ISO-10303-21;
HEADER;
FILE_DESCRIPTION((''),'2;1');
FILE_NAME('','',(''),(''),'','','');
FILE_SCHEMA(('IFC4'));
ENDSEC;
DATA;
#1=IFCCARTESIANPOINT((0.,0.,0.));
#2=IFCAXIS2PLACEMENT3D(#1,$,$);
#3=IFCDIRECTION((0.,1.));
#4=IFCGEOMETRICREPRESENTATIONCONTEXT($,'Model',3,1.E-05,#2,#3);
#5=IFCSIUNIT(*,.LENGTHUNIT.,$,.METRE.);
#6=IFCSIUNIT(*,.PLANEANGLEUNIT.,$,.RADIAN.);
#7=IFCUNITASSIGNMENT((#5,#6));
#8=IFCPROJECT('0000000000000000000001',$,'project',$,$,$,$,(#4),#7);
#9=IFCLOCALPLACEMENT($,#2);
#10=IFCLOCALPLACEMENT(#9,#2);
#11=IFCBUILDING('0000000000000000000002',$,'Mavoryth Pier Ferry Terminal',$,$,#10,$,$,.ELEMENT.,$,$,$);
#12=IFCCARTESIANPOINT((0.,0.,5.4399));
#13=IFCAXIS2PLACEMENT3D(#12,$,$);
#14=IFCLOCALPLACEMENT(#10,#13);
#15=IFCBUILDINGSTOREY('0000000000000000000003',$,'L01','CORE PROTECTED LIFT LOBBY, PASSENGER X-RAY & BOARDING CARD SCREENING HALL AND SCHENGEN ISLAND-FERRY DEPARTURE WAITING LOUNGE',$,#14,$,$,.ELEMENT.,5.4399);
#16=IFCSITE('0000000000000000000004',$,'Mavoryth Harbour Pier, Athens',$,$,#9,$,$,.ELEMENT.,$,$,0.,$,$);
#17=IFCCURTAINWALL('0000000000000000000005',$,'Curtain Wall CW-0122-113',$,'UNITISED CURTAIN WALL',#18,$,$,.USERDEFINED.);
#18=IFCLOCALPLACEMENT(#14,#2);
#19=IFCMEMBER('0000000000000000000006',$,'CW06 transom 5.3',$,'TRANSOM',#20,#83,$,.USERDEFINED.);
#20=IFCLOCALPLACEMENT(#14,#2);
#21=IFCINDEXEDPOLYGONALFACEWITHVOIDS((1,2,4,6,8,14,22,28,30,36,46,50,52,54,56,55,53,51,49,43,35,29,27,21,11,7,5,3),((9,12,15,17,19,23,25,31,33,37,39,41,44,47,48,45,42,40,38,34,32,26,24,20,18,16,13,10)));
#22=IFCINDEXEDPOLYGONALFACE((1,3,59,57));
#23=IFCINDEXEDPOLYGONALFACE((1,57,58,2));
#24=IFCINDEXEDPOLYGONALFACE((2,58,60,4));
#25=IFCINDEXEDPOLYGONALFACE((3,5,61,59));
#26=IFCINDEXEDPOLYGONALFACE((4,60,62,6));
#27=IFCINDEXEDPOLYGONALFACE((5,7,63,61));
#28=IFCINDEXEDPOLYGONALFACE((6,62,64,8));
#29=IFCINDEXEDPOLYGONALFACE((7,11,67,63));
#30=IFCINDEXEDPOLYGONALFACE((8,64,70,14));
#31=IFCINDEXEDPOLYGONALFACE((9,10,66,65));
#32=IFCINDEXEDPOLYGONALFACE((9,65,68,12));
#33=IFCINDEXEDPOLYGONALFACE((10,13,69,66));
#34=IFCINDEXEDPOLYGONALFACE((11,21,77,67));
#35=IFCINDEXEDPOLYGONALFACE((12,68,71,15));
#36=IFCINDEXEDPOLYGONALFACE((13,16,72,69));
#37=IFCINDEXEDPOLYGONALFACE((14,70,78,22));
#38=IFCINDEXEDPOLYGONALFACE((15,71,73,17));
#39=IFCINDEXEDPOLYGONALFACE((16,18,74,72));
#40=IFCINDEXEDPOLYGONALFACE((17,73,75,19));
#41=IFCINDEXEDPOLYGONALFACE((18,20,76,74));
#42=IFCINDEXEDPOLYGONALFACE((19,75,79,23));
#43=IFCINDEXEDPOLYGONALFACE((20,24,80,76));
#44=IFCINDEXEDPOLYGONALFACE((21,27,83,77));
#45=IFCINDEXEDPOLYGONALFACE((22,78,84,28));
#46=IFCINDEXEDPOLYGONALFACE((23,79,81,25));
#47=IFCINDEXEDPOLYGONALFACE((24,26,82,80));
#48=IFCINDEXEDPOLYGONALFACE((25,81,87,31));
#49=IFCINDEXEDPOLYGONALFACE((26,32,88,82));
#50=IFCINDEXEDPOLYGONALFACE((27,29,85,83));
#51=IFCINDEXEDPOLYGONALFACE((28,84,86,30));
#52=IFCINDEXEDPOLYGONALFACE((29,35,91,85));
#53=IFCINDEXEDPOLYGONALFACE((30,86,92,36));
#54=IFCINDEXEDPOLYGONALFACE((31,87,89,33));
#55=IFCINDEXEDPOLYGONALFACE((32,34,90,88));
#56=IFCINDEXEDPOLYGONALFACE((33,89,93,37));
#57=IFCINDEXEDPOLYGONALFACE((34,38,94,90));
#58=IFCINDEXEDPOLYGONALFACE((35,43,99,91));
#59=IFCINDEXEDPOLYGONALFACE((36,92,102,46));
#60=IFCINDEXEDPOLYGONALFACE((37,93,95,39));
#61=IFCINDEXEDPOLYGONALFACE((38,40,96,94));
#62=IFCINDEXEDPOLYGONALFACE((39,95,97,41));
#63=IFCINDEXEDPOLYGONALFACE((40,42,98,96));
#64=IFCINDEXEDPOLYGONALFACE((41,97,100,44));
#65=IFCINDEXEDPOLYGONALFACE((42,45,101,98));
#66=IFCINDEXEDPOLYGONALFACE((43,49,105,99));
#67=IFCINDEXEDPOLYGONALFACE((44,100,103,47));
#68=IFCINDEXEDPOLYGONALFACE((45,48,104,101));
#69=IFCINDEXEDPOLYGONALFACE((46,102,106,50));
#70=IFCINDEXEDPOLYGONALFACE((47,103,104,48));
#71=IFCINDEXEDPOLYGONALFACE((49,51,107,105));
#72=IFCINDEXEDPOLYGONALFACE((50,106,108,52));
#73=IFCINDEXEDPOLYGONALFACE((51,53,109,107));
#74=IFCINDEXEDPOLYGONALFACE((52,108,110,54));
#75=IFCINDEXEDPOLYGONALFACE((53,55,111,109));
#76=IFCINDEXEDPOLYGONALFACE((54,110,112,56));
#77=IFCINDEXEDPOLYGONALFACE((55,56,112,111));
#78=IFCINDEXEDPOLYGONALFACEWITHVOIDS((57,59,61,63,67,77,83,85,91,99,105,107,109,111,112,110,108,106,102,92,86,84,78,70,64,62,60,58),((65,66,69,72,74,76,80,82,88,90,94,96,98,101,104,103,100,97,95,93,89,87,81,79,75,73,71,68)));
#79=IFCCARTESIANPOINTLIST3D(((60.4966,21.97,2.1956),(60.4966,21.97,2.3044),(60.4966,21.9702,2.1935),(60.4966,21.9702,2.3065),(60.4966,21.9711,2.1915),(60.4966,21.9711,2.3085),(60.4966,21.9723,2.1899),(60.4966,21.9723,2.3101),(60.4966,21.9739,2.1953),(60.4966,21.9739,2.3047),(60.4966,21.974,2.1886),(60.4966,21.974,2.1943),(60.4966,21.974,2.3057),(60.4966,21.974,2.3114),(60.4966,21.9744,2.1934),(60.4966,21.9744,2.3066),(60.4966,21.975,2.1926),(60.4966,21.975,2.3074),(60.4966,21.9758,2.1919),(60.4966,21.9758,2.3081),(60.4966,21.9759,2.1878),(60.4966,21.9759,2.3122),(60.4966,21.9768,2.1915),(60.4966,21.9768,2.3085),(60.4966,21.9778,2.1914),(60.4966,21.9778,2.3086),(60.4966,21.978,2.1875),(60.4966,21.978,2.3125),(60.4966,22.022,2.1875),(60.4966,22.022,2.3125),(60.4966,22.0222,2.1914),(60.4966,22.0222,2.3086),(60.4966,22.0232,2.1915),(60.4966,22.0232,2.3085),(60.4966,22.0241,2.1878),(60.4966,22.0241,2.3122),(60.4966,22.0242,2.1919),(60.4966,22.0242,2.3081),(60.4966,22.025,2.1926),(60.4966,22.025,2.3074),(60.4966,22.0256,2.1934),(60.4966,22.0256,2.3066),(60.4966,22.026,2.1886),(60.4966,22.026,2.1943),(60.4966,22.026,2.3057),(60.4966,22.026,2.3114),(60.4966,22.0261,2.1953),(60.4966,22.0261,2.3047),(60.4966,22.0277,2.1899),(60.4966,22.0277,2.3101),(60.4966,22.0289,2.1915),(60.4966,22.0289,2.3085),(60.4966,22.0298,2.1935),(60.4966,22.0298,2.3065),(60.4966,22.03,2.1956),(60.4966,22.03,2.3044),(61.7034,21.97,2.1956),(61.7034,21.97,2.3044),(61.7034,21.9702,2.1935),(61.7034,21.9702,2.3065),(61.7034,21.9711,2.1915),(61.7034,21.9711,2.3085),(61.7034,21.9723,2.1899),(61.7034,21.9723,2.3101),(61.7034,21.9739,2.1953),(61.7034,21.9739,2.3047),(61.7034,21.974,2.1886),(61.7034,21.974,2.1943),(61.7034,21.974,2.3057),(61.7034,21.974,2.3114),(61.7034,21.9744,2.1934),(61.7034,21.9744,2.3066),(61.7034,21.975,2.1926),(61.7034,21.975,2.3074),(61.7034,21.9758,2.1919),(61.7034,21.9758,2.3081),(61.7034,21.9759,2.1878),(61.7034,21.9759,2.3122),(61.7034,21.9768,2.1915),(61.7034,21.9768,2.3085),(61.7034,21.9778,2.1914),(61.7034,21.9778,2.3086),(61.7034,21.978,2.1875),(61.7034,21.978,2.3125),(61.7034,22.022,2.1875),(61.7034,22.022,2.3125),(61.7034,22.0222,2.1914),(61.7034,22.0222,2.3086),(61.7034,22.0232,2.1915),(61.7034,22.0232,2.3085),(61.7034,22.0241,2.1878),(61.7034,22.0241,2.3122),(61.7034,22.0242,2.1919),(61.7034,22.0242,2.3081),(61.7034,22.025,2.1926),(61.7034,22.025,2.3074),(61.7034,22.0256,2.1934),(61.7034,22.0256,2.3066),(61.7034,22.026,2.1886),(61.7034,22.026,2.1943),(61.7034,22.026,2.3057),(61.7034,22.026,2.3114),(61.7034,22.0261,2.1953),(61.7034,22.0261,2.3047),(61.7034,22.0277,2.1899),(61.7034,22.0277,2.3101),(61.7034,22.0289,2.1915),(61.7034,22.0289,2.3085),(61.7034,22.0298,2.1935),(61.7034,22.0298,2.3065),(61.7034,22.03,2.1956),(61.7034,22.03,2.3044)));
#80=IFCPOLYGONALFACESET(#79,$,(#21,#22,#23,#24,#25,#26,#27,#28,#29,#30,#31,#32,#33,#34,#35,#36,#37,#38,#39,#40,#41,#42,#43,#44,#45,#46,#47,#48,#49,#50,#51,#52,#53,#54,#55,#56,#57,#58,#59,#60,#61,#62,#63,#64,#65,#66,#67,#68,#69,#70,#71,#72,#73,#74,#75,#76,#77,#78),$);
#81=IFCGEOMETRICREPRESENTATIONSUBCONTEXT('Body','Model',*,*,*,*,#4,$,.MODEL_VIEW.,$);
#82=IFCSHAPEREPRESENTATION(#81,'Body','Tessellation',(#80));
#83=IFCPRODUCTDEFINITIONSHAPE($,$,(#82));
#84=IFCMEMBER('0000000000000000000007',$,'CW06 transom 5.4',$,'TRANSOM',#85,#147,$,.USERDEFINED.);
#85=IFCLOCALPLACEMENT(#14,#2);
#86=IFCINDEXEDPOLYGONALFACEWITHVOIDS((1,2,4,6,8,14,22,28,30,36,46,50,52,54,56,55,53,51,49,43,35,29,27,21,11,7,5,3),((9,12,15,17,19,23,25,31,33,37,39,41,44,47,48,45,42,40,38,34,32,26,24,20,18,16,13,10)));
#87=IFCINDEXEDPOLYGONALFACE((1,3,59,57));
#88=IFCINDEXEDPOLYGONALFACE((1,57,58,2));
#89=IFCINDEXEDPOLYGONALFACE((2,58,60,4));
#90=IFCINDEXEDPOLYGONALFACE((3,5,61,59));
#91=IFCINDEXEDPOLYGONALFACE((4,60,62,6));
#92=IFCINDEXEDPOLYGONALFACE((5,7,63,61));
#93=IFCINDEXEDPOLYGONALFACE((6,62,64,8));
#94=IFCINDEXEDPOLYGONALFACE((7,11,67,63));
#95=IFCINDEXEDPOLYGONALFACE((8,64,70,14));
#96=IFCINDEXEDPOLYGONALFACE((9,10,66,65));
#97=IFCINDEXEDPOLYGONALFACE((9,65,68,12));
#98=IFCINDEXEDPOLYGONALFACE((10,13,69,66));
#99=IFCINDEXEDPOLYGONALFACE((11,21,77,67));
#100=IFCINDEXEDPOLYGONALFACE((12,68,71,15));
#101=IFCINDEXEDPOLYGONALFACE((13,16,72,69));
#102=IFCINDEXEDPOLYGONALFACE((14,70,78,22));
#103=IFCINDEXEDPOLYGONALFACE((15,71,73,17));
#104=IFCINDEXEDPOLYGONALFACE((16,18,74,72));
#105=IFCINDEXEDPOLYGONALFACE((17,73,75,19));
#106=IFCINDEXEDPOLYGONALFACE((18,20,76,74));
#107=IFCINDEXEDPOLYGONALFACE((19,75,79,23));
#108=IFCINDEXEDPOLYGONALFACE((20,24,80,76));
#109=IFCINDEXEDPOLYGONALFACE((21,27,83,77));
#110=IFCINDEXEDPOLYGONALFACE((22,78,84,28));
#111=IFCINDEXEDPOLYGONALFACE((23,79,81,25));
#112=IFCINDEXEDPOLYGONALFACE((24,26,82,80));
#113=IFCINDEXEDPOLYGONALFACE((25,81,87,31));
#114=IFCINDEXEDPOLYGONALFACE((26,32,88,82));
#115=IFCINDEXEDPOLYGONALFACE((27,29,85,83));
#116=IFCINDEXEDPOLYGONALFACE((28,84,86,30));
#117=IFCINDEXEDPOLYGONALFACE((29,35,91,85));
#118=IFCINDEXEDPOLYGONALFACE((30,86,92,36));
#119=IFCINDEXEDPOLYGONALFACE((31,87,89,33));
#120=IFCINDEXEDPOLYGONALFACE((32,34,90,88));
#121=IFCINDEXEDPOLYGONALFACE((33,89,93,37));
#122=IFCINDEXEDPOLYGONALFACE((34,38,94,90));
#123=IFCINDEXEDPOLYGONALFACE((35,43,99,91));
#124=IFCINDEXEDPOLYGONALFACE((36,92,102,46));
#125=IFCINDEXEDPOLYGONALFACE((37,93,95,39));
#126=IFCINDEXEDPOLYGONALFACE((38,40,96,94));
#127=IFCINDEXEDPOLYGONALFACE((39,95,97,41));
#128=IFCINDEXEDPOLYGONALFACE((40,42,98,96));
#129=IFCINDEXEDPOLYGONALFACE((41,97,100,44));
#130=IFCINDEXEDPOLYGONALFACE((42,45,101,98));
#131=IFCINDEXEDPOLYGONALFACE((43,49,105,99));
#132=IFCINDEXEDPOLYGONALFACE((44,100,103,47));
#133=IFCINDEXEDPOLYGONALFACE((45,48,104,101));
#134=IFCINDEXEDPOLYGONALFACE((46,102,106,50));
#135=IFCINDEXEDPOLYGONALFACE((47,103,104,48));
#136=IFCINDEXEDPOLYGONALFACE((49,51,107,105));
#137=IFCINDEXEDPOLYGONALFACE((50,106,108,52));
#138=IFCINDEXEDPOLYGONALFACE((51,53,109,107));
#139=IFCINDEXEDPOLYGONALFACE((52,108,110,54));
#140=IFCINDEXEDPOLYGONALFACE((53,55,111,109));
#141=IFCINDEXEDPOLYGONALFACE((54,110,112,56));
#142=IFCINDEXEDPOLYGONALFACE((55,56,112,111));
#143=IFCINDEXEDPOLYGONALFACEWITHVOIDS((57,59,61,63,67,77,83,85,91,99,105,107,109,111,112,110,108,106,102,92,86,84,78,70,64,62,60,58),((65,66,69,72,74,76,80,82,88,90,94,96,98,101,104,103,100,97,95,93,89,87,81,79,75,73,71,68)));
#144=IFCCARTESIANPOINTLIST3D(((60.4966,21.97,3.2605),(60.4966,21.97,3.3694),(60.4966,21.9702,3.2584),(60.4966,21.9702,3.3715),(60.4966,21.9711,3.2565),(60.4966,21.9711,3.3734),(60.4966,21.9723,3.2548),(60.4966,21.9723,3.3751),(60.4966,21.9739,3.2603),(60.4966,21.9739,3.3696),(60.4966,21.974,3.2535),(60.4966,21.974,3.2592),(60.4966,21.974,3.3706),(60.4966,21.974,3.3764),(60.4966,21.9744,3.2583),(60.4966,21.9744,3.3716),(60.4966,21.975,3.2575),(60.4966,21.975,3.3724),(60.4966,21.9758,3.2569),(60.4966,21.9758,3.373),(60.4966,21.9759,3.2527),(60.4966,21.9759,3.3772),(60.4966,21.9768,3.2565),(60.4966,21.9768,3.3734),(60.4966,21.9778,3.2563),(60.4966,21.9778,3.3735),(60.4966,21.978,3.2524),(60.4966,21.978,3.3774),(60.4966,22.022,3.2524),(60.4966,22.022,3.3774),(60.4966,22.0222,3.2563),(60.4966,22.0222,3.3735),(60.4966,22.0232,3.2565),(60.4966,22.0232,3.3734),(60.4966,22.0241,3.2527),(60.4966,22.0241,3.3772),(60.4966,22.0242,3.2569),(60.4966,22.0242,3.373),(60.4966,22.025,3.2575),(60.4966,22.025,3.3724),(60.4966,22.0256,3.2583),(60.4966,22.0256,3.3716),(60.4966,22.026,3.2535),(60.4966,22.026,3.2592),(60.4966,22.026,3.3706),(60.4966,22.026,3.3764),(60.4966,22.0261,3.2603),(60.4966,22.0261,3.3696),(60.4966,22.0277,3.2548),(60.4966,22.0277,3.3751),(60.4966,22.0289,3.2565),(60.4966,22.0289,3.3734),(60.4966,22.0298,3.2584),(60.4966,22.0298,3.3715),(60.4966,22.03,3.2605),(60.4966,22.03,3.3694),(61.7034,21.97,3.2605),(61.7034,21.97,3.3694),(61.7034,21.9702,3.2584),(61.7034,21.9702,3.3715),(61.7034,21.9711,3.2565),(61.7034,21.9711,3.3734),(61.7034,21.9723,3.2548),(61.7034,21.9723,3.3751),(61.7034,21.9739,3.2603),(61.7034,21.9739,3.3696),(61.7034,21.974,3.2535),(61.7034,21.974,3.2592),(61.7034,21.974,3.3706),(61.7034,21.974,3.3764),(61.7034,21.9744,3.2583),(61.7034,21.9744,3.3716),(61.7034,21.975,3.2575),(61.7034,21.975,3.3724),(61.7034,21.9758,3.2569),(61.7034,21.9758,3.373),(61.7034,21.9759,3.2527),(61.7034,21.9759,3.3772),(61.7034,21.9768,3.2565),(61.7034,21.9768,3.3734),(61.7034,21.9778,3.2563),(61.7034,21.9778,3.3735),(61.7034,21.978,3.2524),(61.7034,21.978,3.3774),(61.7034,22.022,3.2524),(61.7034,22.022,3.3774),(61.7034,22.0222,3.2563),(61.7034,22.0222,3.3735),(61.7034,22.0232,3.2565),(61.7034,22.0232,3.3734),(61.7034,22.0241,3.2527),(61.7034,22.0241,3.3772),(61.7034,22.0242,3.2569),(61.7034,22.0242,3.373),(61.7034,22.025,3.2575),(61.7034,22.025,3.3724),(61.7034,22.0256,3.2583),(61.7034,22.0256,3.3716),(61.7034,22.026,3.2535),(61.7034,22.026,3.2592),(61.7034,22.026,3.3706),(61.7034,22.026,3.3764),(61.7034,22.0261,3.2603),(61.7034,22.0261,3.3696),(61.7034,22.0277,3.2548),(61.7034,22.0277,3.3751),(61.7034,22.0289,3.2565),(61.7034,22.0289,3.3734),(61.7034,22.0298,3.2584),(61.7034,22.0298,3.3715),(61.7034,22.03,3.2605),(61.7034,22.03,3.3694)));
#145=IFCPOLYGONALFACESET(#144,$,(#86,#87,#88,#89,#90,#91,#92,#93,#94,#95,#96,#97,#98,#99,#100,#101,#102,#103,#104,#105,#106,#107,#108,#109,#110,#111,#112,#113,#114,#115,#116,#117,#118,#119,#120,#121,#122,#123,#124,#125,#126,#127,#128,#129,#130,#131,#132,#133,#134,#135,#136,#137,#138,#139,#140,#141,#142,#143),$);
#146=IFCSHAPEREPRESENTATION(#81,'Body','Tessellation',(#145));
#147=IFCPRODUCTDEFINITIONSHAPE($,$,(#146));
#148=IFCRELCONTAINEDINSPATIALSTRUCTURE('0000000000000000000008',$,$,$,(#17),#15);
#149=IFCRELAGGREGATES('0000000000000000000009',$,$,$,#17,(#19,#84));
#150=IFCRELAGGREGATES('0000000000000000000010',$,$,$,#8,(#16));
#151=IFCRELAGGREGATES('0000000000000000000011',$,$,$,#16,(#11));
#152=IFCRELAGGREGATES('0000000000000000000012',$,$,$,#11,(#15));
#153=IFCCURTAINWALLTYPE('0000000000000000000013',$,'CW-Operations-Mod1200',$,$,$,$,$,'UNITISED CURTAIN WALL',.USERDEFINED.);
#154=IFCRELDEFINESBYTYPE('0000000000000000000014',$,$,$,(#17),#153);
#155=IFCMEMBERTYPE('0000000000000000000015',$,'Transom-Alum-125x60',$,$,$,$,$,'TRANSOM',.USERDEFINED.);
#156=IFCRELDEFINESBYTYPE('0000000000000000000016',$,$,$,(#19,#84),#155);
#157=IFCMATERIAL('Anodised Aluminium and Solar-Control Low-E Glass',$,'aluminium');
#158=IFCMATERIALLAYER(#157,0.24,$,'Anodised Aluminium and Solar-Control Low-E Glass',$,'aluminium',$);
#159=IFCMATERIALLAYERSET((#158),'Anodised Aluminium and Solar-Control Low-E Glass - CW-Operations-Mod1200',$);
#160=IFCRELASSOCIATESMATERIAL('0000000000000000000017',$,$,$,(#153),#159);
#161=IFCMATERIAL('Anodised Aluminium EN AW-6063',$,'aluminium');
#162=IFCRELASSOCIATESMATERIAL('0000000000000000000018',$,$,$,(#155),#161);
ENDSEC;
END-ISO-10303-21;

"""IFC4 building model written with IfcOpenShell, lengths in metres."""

from ifc_helpers import new_model, si_unit, direction, frame, origin, origin_2d, place, context, subcontext, project, spatial, hollow_rectangle, extrude, material, layer, layer_set, material_profile, profile_set, type_object, element, aggregate, save


model = new_model("IFC4")

# Units and contexts
model_context = context("Model", 3, precision=1e-05, world=origin(), true_north=direction((0.0, 1.0)))
body_context = subcontext(model_context, "Body", "Model", "MODEL_VIEW")
ifc_project = project(units=[si_unit("LENGTHUNIT", "METRE"), si_unit("PLANEANGLEUNIT", "RADIAN")], contexts=[model_context])

# Site, building, storey
site_placement = place(None, origin())
site = spatial("IfcSite", under=ifc_project, at=site_placement, Name="Mavoryth Harbour Pier, Athens", CompositionType="ELEMENT", RefElevation=0.0)
building_placement = place(site_placement, origin())
building = spatial("IfcBuilding", under=site, at=building_placement, Name="Mavoryth Pier Ferry Terminal", CompositionType="ELEMENT")
storey_placement = place(building_placement, frame((0.0, 0.0, 5.4399)))
storey = spatial("IfcBuildingStorey", under=building, at=storey_placement, Name="L01", Description="CORE PROTECTED LIFT LOBBY, PASSENGER X-RAY & BOARDING CARD SCREENING HALL AND SCHENGEN ISLAND-FERRY DEPARTURE WAITING LOUNGE", CompositionType="ELEMENT", Elevation=5.4399)

# Curtain wall
ifc_material_1 = material(Name="Anodised Aluminium and Solar-Control Low-E Glass", Category="aluminium")
ifc_layer_1 = layer(ifc_material_1, 0.24, Name="Anodised Aluminium and Solar-Control Low-E Glass", Category="aluminium")
ifc_layer_set_1 = layer_set([ifc_layer_1], Name="Anodised Aluminium and Solar-Control Low-E Glass - CW-Operations-Mod1200")
curtain_wall_type = type_object("IfcCurtainWallType", Name="CW-Operations-Mod1200", ElementType="UNITISED CURTAIN WALL", PredefinedType="USERDEFINED", material=ifc_layer_set_1)
curtain_wall_placement = place(storey_placement, origin())
curtain_wall = element("IfcCurtainWall", 1, at=curtain_wall_placement, inside=storey, type_object=curtain_wall_type, Name="Curtain Wall CW-0122-113", ObjectType="UNITISED CURTAIN WALL", PredefinedType="USERDEFINED")
ifc_material_2 = material(Name="Anodised Aluminium EN AW-6063", Category="aluminium")

# Members
ifc_material_profile_1 = material_profile(ifc_material_2, hollow_rectangle(XDim=0.0601, YDim=0.125, WallThickness=0.0039, InnerFilletRadius=0.0039, OuterFilletRadius=0.0081, at=origin_2d()), Name="AL-TRAN 125x60x4", Category="aluminium")
ifc_profile_set_1 = profile_set([ifc_material_profile_1], Name="Anodised Aluminium EN AW-6063 - AL-TRAN 125x60x4")
member_type_1 = type_object("IfcMemberType", Name="Transom-Alum-125x60", ElementType="TRANSOM", PredefinedType="USERDEFINED", material=ifc_profile_set_1)
member_1_placement = place(storey_placement, frame((61.7034, 22.0, 2.25), z_axis=(-1.0, 0.0, 0.0), x_axis=(0.0, -1.0, 0.0)))
member_1 = element("IfcMember", 2, at=member_1_placement, type_object=member_type_1, Name="CW06 transom 5.3", ObjectType="TRANSOM", PredefinedType="USERDEFINED", context=body_context, shape_type="SweptSolid", body=[
    extrude(hollow_rectangle(XDim=0.0601, YDim=0.125, WallThickness=0.0039, InnerFilletRadius=0.0039, OuterFilletRadius=0.0081, at=origin_2d()), origin(), (0.0, 0.0, 1.0), 1.2068),
])
member_2_placement = place(storey_placement, frame((61.7034, 22.0, 3.3149), z_axis=(-1.0, 0.0, 0.0), x_axis=(0.0, -1.0, 0.0)))
member_2 = element("IfcMember", 3, at=member_2_placement, type_object=member_type_1, Name="CW06 transom 5.4", ObjectType="TRANSOM", PredefinedType="USERDEFINED", context=body_context, shape_type="SweptSolid", body=[
    extrude(hollow_rectangle(XDim=0.0601, YDim=0.125, WallThickness=0.0039, InnerFilletRadius=0.0039, OuterFilletRadius=0.0081, at=origin_2d()), origin(), (0.0, 0.0, 1.0), 1.2068),
])

aggregate(curtain_wall, [member_1, member_2])

save(model, "model.ifc")
